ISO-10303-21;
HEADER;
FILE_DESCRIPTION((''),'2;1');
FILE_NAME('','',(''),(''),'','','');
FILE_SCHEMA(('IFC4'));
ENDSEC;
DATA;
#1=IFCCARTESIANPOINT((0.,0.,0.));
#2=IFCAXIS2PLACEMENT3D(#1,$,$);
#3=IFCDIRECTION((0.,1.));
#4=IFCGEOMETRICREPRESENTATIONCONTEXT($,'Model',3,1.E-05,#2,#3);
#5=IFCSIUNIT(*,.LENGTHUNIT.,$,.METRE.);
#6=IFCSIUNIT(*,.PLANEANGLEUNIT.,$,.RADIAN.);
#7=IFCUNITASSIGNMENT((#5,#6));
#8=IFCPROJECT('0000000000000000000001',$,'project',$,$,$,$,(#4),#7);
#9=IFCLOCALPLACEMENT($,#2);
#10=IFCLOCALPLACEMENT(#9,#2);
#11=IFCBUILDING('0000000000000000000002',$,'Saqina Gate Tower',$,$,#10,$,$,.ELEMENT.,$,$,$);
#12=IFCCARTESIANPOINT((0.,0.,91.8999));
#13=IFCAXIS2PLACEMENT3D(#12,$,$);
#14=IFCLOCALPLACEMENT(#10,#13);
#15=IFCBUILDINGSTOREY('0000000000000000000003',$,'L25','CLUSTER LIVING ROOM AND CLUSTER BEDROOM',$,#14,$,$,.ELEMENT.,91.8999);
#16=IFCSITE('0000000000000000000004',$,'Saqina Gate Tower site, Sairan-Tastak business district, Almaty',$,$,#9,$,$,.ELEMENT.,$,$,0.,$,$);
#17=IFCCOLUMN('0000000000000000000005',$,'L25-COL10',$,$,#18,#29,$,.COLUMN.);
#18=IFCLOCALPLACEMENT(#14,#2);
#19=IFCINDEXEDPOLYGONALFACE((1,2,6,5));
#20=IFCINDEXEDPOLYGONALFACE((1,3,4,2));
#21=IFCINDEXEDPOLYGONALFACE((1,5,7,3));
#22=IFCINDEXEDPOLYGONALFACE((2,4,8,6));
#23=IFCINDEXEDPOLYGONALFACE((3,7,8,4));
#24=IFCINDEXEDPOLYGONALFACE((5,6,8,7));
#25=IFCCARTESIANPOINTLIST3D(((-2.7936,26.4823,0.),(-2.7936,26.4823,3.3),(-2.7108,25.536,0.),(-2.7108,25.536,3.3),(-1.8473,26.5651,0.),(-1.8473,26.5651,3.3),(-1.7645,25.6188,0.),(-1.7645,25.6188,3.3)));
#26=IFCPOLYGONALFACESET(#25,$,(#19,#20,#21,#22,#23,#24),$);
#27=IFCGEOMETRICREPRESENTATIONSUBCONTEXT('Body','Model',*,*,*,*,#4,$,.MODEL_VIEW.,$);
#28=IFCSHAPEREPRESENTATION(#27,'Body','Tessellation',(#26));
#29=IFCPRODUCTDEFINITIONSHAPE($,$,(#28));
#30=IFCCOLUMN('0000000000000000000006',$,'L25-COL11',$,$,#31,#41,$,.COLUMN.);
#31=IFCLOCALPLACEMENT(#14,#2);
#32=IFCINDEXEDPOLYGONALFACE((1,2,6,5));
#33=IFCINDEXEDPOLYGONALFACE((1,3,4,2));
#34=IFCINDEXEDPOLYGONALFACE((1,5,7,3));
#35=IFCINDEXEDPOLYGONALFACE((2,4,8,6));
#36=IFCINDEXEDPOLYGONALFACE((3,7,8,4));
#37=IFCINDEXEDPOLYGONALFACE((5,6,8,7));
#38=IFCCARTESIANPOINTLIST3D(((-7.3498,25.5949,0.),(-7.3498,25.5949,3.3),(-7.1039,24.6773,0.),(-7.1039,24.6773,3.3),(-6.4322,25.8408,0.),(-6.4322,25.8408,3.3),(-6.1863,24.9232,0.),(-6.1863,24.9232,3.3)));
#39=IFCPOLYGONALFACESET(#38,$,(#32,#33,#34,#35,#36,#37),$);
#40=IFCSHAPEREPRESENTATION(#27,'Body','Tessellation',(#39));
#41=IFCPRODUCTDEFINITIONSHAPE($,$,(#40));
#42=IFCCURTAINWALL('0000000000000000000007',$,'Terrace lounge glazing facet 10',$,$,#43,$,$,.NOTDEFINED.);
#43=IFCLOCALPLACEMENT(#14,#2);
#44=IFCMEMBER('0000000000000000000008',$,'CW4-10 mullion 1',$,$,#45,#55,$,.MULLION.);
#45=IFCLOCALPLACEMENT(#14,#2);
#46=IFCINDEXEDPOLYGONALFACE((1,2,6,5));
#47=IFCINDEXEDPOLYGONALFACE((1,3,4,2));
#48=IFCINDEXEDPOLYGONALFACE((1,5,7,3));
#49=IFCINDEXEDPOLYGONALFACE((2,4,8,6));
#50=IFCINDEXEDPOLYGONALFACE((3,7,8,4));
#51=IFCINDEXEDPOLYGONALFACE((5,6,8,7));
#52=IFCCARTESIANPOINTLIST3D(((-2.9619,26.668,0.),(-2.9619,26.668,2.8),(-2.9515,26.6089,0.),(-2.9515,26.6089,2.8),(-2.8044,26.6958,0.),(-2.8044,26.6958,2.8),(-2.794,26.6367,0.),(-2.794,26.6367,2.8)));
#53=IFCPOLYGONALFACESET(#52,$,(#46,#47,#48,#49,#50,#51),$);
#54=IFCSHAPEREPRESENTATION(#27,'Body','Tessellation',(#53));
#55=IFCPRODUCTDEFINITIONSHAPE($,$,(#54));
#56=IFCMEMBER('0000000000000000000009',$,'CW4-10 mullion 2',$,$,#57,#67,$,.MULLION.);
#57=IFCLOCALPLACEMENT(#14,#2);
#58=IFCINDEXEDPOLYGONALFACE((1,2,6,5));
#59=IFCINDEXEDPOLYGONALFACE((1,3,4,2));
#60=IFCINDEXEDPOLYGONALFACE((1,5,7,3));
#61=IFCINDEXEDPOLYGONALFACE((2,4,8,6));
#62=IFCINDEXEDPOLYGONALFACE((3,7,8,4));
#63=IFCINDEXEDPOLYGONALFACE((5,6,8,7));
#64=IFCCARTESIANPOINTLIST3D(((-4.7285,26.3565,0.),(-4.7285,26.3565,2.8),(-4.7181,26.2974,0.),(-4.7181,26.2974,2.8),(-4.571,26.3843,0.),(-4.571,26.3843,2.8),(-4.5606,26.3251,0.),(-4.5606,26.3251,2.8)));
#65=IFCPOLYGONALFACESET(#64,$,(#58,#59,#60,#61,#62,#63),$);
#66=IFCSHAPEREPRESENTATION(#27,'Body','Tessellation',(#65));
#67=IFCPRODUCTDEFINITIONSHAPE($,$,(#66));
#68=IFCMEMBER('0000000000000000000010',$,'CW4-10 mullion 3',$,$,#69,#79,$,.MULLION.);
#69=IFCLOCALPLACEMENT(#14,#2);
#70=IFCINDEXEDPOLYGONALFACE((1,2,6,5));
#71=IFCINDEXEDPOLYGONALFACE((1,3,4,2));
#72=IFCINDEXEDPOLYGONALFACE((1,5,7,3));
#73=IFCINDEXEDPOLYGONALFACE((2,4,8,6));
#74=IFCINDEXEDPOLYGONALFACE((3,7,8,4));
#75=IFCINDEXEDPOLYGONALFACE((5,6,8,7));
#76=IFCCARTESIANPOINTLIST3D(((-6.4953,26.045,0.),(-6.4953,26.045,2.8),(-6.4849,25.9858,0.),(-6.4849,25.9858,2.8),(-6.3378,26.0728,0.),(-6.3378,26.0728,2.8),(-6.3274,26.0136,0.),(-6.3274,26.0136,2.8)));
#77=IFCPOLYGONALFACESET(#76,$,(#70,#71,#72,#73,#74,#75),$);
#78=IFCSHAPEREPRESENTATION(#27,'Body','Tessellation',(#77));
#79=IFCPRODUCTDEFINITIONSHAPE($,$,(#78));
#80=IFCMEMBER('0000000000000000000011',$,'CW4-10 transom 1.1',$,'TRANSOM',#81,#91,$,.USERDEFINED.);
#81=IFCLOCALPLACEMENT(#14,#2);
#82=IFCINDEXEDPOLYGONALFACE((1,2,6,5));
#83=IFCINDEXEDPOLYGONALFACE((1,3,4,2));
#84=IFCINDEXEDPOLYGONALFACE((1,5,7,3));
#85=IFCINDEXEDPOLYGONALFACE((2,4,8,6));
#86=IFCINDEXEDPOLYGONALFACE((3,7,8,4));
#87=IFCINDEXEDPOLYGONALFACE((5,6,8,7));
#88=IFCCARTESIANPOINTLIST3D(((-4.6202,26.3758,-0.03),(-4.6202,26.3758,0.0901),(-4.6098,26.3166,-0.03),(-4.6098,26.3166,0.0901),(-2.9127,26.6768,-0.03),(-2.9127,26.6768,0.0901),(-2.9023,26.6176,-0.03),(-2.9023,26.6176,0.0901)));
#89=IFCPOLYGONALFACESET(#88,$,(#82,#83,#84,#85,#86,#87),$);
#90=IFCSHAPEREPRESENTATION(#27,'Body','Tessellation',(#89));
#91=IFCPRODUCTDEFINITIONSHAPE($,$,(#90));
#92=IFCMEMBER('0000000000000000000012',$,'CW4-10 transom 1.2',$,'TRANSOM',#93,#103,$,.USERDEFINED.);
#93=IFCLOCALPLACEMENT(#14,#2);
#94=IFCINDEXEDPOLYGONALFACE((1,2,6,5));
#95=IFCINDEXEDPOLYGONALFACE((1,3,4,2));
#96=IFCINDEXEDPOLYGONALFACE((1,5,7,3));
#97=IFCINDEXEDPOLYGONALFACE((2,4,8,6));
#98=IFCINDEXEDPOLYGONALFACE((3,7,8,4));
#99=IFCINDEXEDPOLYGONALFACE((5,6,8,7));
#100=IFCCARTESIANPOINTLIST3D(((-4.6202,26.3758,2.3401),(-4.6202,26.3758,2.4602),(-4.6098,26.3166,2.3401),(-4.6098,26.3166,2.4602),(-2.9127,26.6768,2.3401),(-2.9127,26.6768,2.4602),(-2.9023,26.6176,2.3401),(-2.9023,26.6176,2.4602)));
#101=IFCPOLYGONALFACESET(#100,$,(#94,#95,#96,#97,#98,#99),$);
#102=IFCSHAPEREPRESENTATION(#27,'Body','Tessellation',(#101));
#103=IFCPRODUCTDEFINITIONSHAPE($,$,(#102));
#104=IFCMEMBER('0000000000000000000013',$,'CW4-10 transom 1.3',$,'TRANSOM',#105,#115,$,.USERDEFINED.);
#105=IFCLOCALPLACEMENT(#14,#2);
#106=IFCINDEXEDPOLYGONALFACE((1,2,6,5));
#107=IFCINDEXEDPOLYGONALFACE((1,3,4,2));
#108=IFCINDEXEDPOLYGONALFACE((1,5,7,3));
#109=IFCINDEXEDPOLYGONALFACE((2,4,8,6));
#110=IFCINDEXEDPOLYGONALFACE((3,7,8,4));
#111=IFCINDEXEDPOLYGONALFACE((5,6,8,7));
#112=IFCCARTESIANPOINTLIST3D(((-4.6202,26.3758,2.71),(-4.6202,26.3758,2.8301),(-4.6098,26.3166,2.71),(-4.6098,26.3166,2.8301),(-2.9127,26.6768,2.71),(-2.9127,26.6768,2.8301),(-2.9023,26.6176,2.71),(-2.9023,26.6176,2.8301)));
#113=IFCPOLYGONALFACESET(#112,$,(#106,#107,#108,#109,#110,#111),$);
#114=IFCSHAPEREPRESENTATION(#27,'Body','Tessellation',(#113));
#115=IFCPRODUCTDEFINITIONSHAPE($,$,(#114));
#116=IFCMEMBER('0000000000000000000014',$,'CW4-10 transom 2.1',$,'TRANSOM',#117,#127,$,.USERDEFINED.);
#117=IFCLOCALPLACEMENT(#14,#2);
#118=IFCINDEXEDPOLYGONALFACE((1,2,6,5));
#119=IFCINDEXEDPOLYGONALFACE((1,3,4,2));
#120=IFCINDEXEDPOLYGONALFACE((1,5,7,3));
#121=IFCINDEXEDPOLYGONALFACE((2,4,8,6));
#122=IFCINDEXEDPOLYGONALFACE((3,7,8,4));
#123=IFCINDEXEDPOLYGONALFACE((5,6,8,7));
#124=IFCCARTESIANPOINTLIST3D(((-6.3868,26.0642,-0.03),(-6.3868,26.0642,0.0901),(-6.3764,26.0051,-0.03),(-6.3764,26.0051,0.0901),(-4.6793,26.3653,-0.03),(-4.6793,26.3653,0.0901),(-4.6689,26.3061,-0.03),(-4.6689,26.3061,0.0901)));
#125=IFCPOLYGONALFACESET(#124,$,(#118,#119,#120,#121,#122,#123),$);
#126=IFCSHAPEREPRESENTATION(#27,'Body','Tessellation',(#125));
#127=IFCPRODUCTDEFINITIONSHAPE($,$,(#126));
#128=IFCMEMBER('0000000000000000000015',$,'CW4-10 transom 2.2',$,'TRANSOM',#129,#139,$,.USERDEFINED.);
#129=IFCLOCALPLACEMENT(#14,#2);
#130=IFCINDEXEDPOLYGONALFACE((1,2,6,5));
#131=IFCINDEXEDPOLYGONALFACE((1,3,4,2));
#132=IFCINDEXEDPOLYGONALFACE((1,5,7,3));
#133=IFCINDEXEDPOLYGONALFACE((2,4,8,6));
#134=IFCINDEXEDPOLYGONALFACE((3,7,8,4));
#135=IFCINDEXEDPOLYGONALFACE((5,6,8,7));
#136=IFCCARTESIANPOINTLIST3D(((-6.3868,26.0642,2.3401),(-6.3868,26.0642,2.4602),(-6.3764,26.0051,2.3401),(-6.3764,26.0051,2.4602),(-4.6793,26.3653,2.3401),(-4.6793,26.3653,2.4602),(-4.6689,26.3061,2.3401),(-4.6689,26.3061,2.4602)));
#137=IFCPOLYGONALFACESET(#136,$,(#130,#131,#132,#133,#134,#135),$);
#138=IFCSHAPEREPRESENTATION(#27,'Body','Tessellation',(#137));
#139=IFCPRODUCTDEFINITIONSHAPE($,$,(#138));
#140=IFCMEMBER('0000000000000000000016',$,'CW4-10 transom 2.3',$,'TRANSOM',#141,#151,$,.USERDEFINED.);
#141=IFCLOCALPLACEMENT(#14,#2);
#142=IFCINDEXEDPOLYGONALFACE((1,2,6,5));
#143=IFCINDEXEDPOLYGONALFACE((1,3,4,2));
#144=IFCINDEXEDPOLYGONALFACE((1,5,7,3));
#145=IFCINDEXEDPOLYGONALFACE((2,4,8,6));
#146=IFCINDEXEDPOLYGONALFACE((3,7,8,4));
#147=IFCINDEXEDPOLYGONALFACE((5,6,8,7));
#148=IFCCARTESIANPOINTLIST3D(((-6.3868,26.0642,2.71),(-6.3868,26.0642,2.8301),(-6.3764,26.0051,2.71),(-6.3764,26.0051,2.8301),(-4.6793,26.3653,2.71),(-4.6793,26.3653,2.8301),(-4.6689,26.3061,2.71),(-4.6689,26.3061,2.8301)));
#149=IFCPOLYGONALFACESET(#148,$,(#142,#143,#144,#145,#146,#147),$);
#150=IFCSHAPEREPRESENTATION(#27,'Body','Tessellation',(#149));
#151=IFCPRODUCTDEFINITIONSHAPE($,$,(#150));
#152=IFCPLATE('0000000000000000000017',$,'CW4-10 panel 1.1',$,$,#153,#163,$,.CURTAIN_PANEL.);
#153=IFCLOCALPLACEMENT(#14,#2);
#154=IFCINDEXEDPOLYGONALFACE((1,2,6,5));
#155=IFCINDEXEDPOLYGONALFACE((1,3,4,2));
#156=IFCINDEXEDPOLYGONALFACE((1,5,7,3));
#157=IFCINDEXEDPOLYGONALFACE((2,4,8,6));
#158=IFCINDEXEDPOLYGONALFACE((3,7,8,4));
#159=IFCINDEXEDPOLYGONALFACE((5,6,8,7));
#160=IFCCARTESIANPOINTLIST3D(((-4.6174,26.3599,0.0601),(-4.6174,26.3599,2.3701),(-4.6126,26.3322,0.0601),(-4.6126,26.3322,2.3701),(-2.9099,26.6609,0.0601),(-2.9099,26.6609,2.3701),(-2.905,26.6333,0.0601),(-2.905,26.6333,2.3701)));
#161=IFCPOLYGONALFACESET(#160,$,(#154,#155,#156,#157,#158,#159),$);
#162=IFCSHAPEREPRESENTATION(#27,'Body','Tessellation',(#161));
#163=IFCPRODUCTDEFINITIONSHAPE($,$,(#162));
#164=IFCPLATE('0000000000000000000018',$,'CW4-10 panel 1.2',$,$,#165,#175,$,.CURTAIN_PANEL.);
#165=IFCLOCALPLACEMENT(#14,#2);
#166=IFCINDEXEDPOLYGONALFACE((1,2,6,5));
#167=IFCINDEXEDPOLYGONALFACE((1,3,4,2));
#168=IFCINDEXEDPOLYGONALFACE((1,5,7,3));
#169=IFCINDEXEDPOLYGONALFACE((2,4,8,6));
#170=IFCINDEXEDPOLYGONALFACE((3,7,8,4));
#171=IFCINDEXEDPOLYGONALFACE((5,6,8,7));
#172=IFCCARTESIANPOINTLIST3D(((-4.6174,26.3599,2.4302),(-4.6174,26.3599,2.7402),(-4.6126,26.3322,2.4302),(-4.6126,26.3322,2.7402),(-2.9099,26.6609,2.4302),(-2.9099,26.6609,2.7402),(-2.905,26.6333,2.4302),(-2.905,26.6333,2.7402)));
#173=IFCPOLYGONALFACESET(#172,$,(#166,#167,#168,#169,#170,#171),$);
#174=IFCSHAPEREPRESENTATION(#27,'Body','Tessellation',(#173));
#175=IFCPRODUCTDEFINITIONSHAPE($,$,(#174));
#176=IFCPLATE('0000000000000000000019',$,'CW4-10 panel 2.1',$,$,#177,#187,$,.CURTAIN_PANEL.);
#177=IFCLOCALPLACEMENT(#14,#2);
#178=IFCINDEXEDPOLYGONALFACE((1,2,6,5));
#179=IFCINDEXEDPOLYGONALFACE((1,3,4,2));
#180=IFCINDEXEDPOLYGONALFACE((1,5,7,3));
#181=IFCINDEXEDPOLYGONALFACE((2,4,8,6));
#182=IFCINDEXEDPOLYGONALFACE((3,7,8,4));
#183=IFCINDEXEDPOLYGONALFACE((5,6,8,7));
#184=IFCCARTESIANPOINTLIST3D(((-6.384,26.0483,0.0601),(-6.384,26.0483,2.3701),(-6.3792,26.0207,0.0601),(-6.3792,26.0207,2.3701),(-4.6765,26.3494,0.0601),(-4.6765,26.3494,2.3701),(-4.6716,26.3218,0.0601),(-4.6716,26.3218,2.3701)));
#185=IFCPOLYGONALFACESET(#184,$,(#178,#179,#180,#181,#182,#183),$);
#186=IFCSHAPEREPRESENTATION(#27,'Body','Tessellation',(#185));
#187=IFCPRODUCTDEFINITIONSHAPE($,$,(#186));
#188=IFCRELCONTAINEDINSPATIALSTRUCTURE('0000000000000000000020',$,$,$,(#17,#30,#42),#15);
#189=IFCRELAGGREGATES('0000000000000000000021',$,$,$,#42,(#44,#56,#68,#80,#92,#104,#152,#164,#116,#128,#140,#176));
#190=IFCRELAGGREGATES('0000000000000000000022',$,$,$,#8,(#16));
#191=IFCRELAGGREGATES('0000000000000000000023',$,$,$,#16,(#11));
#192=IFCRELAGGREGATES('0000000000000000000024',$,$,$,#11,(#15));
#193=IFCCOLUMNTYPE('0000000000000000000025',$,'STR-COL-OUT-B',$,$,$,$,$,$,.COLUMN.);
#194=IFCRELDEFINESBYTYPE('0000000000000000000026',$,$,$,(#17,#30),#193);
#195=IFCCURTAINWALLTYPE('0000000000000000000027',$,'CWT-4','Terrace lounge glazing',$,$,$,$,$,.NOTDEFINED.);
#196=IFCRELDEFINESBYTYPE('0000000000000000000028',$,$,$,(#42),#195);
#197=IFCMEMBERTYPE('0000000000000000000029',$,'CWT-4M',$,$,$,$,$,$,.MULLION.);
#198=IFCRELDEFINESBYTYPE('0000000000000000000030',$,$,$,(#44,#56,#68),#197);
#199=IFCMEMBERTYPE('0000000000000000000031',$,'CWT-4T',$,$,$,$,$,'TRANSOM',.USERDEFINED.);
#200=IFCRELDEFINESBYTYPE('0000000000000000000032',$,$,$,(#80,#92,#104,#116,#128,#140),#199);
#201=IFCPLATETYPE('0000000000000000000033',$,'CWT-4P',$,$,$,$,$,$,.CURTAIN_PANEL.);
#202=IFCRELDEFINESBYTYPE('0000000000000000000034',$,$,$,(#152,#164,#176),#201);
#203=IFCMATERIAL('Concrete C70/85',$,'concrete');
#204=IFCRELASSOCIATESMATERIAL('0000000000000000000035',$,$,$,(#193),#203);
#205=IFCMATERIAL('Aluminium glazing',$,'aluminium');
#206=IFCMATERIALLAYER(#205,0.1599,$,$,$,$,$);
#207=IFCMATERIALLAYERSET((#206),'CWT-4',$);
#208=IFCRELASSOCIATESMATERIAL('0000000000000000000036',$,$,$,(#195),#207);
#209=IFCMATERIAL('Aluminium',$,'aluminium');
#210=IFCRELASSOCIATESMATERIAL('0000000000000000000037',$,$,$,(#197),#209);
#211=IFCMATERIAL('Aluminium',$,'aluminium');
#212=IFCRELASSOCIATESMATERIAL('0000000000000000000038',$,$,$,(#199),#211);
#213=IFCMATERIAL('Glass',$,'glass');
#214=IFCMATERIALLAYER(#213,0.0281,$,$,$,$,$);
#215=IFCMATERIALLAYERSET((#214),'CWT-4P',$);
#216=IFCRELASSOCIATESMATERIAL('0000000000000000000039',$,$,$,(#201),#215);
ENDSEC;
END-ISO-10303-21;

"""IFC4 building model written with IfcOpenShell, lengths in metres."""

from ifc_helpers import new_model, si_unit, direction, frame, origin, origin_2d, place, context, subcontext, project, spatial, rectangle, extrude, material, layer, layer_set, material_profile, profile_set, type_object, element, aggregate, save


model = new_model("IFC4")

# Units and contexts
model_context = context("Model", 3, precision=1e-05, world=origin(), true_north=direction((0.0, 1.0)))
body_context = subcontext(model_context, "Body", "Model", "MODEL_VIEW")
ifc_project = project(units=[si_unit("LENGTHUNIT", "METRE"), si_unit("PLANEANGLEUNIT", "RADIAN")], contexts=[model_context])

# Site, building, storey
site_placement = place(None, origin())
site = spatial("IfcSite", under=ifc_project, at=site_placement, Name="Saqina Gate Tower site, Sairan-Tastak business district, Almaty", CompositionType="ELEMENT", RefElevation=0.0)
building_placement = place(site_placement, origin())
building = spatial("IfcBuilding", under=site, at=building_placement, Name="Saqina Gate Tower", CompositionType="ELEMENT")
storey_placement = place(building_placement, frame((0.0, 0.0, 91.8999)))
storey = spatial("IfcBuildingStorey", under=building, at=storey_placement, Name="L25", Description="CLUSTER LIVING ROOM AND CLUSTER BEDROOM", CompositionType="ELEMENT", Elevation=91.8999)

# Columns
ifc_material_1 = material(Name="Concrete C70/85", Category="concrete")
ifc_material_profile_1 = material_profile(ifc_material_1, rectangle(XDim=0.95, YDim=0.95, at=origin_2d()), Name="RC 950x950")
ifc_profile_set_1 = profile_set([ifc_material_profile_1], Name="Concrete C70/85")
column_type = type_object("IfcColumnType", Name="STR-COL-OUT-B", PredefinedType="COLUMN", material=ifc_profile_set_1)
for number, where, z_axis, x_axis, name in (
    (1, (-2.2791, 26.0505, 0.0), (0.0, 0.0, 1.0), (-0.087156, 0.996195, 0.0), "L25-COL10"),
    (2, (-6.7681, 25.259, 0.0), (0.0, 0.0, 1.0), (-0.258819, 0.965926, 0.0), "L25-COL11"),
):
    element("IfcColumn", number, at=place(storey_placement, frame(where, z_axis=z_axis, x_axis=x_axis)), inside=storey, type_object=column_type, Name=name, PredefinedType="COLUMN", context=body_context, shape_type="SweptSolid", body=[
        extrude(rectangle(XDim=0.95, YDim=0.95, at=origin_2d()), origin(), (0.0, 0.0, 1.0), 3.3),
    ])

# Curtain wall, members, plates
ifc_material_2 = material(Name="Aluminium glazing", Category="aluminium")
ifc_layer_1 = layer(ifc_material_2, 0.1599)
ifc_layer_set_1 = layer_set([ifc_layer_1], Name="CWT-4")
curtain_wall_type = type_object("IfcCurtainWallType", Name="CWT-4", Description="Terrace lounge glazing", PredefinedType="NOTDEFINED", material=ifc_layer_set_1)
curtain_wall_placement = place(storey_placement, origin())
curtain_wall = element("IfcCurtainWall", 3, at=curtain_wall_placement, inside=storey, type_object=curtain_wall_type, Name="Terrace lounge glazing facet 10", PredefinedType="NOTDEFINED")
ifc_material_3 = material(Name="Aluminium", Category="aluminium")
ifc_material_profile_2 = material_profile(ifc_material_3, rectangle(XDim=0.0601, YDim=0.1599, at=origin_2d()), Name="Aluminium 60x160")
ifc_profile_set_2 = profile_set([ifc_material_profile_2], Name="Aluminium")
member_type_1 = type_object("IfcMemberType", Name="CWT-4M", PredefinedType="MULLION", material=ifc_profile_set_2)
member_1_placement = place(storey_placement, frame((-2.8779, 26.6523, 0.0), z_axis=(0.0, 0.0, 1.0), x_axis=(0.173638, -0.984809, 0.0)))
member_1 = element("IfcMember", 4, at=member_1_placement, type_object=member_type_1, Name="CW4-10 mullion 1", PredefinedType="MULLION", context=body_context, shape_type="SweptSolid", body=[
    extrude(rectangle(XDim=0.0601, YDim=0.1599, at=origin_2d()), origin(), (0.0, 0.0, 1.0), 2.8),
])
member_2_placement = place(storey_placement, frame((-4.6445, 26.3408, 0.0), z_axis=(0.0, 0.0, 1.0), x_axis=(0.173638, -0.984809, 0.0)))
member_2 = element("IfcMember", 5, at=member_2_placement, type_object=member_type_1, Name="CW4-10 mullion 2", PredefinedType="MULLION", context=body_context, shape_type="SweptSolid", body=[
    extrude(rectangle(XDim=0.0601, YDim=0.1599, at=origin_2d()), origin(), (0.0, 0.0, 1.0), 2.8),
])
member_3_placement = place(storey_placement, frame((-6.4114, 26.0293, 0.0), z_axis=(0.0, 0.0, 1.0), x_axis=(0.173638, -0.984809, 0.0)))
member_3 = element("IfcMember", 6, at=member_3_placement, type_object=member_type_1, Name="CW4-10 mullion 3", PredefinedType="MULLION", context=body_context, shape_type="SweptSolid", body=[
    extrude(rectangle(XDim=0.0601, YDim=0.1599, at=origin_2d()), origin(), (0.0, 0.0, 1.0), 2.8),
])
ifc_material_4 = material(Name="Aluminium", Category="aluminium")
ifc_material_profile_3 = material_profile(ifc_material_4, rectangle(XDim=0.0601, YDim=0.1201, at=origin_2d()), Name="Aluminium 60x120")
ifc_profile_set_3 = profile_set([ifc_material_profile_3], Name="Aluminium")
member_type_2 = type_object("IfcMemberType", Name="CWT-4T", ElementType="TRANSOM", PredefinedType="USERDEFINED", material=ifc_profile_set_3)
member_4_placement = place(storey_placement, frame((-2.9075, 26.6472, 0.03), z_axis=(-0.984813, -0.173617, 0.0), x_axis=(0.173617, -0.984813, 0.0)))
member_4 = element("IfcMember", 7, at=member_4_placement, type_object=member_type_2, Name="CW4-10 transom 1.1", ObjectType="TRANSOM", PredefinedType="USERDEFINED", context=body_context, shape_type="SweptSolid", body=[
    extrude(rectangle(XDim=0.0601, YDim=0.1201, at=origin_2d()), origin(), (0.0, 0.0, 1.0), 1.7339),
])
member_5_placement = place(storey_placement, frame((-2.9075, 26.6472, 2.4001), z_axis=(-0.984813, -0.173617, 0.0), x_axis=(0.173617, -0.984813, 0.0)))
member_5 = element("IfcMember", 8, at=member_5_placement, type_object=member_type_2, Name="CW4-10 transom 1.2", ObjectType="TRANSOM", PredefinedType="USERDEFINED", context=body_context, shape_type="SweptSolid", body=[
    extrude(rectangle(XDim=0.0601, YDim=0.1201, at=origin_2d()), origin(), (0.0, 0.0, 1.0), 1.7339),
])
member_6_placement = place(storey_placement, frame((-2.9075, 26.6472, 2.77), z_axis=(-0.984813, -0.173617, 0.0), x_axis=(0.173617, -0.984813, 0.0)))
member_6 = element("IfcMember", 9, at=member_6_placement, type_object=member_type_2, Name="CW4-10 transom 1.3", ObjectType="TRANSOM", PredefinedType="USERDEFINED", context=body_context, shape_type="SweptSolid", body=[
    extrude(rectangle(XDim=0.0601, YDim=0.1201, at=origin_2d()), origin(), (0.0, 0.0, 1.0), 1.7339),
])
member_7_placement = place(storey_placement, frame((-4.6741, 26.3357, 0.03), z_axis=(-0.984813, -0.173617, 0.0), x_axis=(0.173617, -0.984813, 0.0)))
member_7 = element("IfcMember", 10, at=member_7_placement, type_object=member_type_2, Name="CW4-10 transom 2.1", ObjectType="TRANSOM", PredefinedType="USERDEFINED", context=body_context, shape_type="SweptSolid", body=[
    extrude(rectangle(XDim=0.0601, YDim=0.1201, at=origin_2d()), origin(), (0.0, 0.0, 1.0), 1.7339),
])
member_8_placement = place(storey_placement, frame((-4.6741, 26.3357, 2.4001), z_axis=(-0.984813, -0.173617, 0.0), x_axis=(0.173617, -0.984813, 0.0)))
member_8 = element("IfcMember", 11, at=member_8_placement, type_object=member_type_2, Name="CW4-10 transom 2.2", ObjectType="TRANSOM", PredefinedType="USERDEFINED", context=body_context, shape_type="SweptSolid", body=[
    extrude(rectangle(XDim=0.0601, YDim=0.1201, at=origin_2d()), origin(), (0.0, 0.0, 1.0), 1.7339),
])
member_9_placement = place(storey_placement, frame((-4.6741, 26.3357, 2.77), z_axis=(-0.984813, -0.173617, 0.0), x_axis=(0.173617, -0.984813, 0.0)))
member_9 = element("IfcMember", 12, at=member_9_placement, type_object=member_type_2, Name="CW4-10 transom 2.3", ObjectType="TRANSOM", PredefinedType="USERDEFINED", context=body_context, shape_type="SweptSolid", body=[
    extrude(rectangle(XDim=0.0601, YDim=0.1201, at=origin_2d()), origin(), (0.0, 0.0, 1.0), 1.7339),
])
ifc_material_5 = material(Name="Glass", Category="glass")
ifc_layer_2 = layer(ifc_material_5, 0.0281)
ifc_layer_set_2 = layer_set([ifc_layer_2], Name="CWT-4P")
plate_type = type_object("IfcPlateType", Name="CWT-4P", PredefinedType="CURTAIN_PANEL", material=ifc_layer_set_2)
plate_1_placement = place(storey_placement, frame((-3.7612, 26.4966, 0.0601), z_axis=(0.0, 0.0, 1.0), x_axis=(-0.984809, -0.173638, 0.0)))
plate_1 = element("IfcPlate", 13, at=plate_1_placement, type_object=plate_type, Name="CW4-10 panel 1.1", PredefinedType="CURTAIN_PANEL", context=body_context, shape_type="SweptSolid", body=[
    extrude(rectangle(XDim=1.7339, YDim=0.0281, at=origin_2d()), origin(), (0.0, 0.0, 1.0), 2.3101),
])
plate_2_placement = place(storey_placement, frame((-3.7612, 26.4966, 2.4302), z_axis=(0.0, 0.0, 1.0), x_axis=(-0.984809, -0.173638, 0.0)))
plate_2 = element("IfcPlate", 14, at=plate_2_placement, type_object=plate_type, Name="CW4-10 panel 1.2", PredefinedType="CURTAIN_PANEL", context=body_context, shape_type="SweptSolid", body=[
    extrude(rectangle(XDim=1.7339, YDim=0.0281, at=origin_2d()), origin(), (0.0, 0.0, 1.0), 0.3101),
])
plate_3_placement = place(storey_placement, frame((-5.5278, 26.1851, 0.0601), z_axis=(0.0, 0.0, 1.0), x_axis=(-0.984809, -0.173638, 0.0)))
plate_3 = element("IfcPlate", 15, at=plate_3_placement, type_object=plate_type, Name="CW4-10 panel 2.1", PredefinedType="CURTAIN_PANEL", context=body_context, shape_type="SweptSolid", body=[
    extrude(rectangle(XDim=1.7339, YDim=0.0281, at=origin_2d()), origin(), (0.0, 0.0, 1.0), 2.3101),
])
aggregate(curtain_wall, [member_1, member_2, member_3, member_4, member_5, member_6, plate_1, plate_2, member_7, member_8, member_9, plate_3])

save(model, "model.ifc")
